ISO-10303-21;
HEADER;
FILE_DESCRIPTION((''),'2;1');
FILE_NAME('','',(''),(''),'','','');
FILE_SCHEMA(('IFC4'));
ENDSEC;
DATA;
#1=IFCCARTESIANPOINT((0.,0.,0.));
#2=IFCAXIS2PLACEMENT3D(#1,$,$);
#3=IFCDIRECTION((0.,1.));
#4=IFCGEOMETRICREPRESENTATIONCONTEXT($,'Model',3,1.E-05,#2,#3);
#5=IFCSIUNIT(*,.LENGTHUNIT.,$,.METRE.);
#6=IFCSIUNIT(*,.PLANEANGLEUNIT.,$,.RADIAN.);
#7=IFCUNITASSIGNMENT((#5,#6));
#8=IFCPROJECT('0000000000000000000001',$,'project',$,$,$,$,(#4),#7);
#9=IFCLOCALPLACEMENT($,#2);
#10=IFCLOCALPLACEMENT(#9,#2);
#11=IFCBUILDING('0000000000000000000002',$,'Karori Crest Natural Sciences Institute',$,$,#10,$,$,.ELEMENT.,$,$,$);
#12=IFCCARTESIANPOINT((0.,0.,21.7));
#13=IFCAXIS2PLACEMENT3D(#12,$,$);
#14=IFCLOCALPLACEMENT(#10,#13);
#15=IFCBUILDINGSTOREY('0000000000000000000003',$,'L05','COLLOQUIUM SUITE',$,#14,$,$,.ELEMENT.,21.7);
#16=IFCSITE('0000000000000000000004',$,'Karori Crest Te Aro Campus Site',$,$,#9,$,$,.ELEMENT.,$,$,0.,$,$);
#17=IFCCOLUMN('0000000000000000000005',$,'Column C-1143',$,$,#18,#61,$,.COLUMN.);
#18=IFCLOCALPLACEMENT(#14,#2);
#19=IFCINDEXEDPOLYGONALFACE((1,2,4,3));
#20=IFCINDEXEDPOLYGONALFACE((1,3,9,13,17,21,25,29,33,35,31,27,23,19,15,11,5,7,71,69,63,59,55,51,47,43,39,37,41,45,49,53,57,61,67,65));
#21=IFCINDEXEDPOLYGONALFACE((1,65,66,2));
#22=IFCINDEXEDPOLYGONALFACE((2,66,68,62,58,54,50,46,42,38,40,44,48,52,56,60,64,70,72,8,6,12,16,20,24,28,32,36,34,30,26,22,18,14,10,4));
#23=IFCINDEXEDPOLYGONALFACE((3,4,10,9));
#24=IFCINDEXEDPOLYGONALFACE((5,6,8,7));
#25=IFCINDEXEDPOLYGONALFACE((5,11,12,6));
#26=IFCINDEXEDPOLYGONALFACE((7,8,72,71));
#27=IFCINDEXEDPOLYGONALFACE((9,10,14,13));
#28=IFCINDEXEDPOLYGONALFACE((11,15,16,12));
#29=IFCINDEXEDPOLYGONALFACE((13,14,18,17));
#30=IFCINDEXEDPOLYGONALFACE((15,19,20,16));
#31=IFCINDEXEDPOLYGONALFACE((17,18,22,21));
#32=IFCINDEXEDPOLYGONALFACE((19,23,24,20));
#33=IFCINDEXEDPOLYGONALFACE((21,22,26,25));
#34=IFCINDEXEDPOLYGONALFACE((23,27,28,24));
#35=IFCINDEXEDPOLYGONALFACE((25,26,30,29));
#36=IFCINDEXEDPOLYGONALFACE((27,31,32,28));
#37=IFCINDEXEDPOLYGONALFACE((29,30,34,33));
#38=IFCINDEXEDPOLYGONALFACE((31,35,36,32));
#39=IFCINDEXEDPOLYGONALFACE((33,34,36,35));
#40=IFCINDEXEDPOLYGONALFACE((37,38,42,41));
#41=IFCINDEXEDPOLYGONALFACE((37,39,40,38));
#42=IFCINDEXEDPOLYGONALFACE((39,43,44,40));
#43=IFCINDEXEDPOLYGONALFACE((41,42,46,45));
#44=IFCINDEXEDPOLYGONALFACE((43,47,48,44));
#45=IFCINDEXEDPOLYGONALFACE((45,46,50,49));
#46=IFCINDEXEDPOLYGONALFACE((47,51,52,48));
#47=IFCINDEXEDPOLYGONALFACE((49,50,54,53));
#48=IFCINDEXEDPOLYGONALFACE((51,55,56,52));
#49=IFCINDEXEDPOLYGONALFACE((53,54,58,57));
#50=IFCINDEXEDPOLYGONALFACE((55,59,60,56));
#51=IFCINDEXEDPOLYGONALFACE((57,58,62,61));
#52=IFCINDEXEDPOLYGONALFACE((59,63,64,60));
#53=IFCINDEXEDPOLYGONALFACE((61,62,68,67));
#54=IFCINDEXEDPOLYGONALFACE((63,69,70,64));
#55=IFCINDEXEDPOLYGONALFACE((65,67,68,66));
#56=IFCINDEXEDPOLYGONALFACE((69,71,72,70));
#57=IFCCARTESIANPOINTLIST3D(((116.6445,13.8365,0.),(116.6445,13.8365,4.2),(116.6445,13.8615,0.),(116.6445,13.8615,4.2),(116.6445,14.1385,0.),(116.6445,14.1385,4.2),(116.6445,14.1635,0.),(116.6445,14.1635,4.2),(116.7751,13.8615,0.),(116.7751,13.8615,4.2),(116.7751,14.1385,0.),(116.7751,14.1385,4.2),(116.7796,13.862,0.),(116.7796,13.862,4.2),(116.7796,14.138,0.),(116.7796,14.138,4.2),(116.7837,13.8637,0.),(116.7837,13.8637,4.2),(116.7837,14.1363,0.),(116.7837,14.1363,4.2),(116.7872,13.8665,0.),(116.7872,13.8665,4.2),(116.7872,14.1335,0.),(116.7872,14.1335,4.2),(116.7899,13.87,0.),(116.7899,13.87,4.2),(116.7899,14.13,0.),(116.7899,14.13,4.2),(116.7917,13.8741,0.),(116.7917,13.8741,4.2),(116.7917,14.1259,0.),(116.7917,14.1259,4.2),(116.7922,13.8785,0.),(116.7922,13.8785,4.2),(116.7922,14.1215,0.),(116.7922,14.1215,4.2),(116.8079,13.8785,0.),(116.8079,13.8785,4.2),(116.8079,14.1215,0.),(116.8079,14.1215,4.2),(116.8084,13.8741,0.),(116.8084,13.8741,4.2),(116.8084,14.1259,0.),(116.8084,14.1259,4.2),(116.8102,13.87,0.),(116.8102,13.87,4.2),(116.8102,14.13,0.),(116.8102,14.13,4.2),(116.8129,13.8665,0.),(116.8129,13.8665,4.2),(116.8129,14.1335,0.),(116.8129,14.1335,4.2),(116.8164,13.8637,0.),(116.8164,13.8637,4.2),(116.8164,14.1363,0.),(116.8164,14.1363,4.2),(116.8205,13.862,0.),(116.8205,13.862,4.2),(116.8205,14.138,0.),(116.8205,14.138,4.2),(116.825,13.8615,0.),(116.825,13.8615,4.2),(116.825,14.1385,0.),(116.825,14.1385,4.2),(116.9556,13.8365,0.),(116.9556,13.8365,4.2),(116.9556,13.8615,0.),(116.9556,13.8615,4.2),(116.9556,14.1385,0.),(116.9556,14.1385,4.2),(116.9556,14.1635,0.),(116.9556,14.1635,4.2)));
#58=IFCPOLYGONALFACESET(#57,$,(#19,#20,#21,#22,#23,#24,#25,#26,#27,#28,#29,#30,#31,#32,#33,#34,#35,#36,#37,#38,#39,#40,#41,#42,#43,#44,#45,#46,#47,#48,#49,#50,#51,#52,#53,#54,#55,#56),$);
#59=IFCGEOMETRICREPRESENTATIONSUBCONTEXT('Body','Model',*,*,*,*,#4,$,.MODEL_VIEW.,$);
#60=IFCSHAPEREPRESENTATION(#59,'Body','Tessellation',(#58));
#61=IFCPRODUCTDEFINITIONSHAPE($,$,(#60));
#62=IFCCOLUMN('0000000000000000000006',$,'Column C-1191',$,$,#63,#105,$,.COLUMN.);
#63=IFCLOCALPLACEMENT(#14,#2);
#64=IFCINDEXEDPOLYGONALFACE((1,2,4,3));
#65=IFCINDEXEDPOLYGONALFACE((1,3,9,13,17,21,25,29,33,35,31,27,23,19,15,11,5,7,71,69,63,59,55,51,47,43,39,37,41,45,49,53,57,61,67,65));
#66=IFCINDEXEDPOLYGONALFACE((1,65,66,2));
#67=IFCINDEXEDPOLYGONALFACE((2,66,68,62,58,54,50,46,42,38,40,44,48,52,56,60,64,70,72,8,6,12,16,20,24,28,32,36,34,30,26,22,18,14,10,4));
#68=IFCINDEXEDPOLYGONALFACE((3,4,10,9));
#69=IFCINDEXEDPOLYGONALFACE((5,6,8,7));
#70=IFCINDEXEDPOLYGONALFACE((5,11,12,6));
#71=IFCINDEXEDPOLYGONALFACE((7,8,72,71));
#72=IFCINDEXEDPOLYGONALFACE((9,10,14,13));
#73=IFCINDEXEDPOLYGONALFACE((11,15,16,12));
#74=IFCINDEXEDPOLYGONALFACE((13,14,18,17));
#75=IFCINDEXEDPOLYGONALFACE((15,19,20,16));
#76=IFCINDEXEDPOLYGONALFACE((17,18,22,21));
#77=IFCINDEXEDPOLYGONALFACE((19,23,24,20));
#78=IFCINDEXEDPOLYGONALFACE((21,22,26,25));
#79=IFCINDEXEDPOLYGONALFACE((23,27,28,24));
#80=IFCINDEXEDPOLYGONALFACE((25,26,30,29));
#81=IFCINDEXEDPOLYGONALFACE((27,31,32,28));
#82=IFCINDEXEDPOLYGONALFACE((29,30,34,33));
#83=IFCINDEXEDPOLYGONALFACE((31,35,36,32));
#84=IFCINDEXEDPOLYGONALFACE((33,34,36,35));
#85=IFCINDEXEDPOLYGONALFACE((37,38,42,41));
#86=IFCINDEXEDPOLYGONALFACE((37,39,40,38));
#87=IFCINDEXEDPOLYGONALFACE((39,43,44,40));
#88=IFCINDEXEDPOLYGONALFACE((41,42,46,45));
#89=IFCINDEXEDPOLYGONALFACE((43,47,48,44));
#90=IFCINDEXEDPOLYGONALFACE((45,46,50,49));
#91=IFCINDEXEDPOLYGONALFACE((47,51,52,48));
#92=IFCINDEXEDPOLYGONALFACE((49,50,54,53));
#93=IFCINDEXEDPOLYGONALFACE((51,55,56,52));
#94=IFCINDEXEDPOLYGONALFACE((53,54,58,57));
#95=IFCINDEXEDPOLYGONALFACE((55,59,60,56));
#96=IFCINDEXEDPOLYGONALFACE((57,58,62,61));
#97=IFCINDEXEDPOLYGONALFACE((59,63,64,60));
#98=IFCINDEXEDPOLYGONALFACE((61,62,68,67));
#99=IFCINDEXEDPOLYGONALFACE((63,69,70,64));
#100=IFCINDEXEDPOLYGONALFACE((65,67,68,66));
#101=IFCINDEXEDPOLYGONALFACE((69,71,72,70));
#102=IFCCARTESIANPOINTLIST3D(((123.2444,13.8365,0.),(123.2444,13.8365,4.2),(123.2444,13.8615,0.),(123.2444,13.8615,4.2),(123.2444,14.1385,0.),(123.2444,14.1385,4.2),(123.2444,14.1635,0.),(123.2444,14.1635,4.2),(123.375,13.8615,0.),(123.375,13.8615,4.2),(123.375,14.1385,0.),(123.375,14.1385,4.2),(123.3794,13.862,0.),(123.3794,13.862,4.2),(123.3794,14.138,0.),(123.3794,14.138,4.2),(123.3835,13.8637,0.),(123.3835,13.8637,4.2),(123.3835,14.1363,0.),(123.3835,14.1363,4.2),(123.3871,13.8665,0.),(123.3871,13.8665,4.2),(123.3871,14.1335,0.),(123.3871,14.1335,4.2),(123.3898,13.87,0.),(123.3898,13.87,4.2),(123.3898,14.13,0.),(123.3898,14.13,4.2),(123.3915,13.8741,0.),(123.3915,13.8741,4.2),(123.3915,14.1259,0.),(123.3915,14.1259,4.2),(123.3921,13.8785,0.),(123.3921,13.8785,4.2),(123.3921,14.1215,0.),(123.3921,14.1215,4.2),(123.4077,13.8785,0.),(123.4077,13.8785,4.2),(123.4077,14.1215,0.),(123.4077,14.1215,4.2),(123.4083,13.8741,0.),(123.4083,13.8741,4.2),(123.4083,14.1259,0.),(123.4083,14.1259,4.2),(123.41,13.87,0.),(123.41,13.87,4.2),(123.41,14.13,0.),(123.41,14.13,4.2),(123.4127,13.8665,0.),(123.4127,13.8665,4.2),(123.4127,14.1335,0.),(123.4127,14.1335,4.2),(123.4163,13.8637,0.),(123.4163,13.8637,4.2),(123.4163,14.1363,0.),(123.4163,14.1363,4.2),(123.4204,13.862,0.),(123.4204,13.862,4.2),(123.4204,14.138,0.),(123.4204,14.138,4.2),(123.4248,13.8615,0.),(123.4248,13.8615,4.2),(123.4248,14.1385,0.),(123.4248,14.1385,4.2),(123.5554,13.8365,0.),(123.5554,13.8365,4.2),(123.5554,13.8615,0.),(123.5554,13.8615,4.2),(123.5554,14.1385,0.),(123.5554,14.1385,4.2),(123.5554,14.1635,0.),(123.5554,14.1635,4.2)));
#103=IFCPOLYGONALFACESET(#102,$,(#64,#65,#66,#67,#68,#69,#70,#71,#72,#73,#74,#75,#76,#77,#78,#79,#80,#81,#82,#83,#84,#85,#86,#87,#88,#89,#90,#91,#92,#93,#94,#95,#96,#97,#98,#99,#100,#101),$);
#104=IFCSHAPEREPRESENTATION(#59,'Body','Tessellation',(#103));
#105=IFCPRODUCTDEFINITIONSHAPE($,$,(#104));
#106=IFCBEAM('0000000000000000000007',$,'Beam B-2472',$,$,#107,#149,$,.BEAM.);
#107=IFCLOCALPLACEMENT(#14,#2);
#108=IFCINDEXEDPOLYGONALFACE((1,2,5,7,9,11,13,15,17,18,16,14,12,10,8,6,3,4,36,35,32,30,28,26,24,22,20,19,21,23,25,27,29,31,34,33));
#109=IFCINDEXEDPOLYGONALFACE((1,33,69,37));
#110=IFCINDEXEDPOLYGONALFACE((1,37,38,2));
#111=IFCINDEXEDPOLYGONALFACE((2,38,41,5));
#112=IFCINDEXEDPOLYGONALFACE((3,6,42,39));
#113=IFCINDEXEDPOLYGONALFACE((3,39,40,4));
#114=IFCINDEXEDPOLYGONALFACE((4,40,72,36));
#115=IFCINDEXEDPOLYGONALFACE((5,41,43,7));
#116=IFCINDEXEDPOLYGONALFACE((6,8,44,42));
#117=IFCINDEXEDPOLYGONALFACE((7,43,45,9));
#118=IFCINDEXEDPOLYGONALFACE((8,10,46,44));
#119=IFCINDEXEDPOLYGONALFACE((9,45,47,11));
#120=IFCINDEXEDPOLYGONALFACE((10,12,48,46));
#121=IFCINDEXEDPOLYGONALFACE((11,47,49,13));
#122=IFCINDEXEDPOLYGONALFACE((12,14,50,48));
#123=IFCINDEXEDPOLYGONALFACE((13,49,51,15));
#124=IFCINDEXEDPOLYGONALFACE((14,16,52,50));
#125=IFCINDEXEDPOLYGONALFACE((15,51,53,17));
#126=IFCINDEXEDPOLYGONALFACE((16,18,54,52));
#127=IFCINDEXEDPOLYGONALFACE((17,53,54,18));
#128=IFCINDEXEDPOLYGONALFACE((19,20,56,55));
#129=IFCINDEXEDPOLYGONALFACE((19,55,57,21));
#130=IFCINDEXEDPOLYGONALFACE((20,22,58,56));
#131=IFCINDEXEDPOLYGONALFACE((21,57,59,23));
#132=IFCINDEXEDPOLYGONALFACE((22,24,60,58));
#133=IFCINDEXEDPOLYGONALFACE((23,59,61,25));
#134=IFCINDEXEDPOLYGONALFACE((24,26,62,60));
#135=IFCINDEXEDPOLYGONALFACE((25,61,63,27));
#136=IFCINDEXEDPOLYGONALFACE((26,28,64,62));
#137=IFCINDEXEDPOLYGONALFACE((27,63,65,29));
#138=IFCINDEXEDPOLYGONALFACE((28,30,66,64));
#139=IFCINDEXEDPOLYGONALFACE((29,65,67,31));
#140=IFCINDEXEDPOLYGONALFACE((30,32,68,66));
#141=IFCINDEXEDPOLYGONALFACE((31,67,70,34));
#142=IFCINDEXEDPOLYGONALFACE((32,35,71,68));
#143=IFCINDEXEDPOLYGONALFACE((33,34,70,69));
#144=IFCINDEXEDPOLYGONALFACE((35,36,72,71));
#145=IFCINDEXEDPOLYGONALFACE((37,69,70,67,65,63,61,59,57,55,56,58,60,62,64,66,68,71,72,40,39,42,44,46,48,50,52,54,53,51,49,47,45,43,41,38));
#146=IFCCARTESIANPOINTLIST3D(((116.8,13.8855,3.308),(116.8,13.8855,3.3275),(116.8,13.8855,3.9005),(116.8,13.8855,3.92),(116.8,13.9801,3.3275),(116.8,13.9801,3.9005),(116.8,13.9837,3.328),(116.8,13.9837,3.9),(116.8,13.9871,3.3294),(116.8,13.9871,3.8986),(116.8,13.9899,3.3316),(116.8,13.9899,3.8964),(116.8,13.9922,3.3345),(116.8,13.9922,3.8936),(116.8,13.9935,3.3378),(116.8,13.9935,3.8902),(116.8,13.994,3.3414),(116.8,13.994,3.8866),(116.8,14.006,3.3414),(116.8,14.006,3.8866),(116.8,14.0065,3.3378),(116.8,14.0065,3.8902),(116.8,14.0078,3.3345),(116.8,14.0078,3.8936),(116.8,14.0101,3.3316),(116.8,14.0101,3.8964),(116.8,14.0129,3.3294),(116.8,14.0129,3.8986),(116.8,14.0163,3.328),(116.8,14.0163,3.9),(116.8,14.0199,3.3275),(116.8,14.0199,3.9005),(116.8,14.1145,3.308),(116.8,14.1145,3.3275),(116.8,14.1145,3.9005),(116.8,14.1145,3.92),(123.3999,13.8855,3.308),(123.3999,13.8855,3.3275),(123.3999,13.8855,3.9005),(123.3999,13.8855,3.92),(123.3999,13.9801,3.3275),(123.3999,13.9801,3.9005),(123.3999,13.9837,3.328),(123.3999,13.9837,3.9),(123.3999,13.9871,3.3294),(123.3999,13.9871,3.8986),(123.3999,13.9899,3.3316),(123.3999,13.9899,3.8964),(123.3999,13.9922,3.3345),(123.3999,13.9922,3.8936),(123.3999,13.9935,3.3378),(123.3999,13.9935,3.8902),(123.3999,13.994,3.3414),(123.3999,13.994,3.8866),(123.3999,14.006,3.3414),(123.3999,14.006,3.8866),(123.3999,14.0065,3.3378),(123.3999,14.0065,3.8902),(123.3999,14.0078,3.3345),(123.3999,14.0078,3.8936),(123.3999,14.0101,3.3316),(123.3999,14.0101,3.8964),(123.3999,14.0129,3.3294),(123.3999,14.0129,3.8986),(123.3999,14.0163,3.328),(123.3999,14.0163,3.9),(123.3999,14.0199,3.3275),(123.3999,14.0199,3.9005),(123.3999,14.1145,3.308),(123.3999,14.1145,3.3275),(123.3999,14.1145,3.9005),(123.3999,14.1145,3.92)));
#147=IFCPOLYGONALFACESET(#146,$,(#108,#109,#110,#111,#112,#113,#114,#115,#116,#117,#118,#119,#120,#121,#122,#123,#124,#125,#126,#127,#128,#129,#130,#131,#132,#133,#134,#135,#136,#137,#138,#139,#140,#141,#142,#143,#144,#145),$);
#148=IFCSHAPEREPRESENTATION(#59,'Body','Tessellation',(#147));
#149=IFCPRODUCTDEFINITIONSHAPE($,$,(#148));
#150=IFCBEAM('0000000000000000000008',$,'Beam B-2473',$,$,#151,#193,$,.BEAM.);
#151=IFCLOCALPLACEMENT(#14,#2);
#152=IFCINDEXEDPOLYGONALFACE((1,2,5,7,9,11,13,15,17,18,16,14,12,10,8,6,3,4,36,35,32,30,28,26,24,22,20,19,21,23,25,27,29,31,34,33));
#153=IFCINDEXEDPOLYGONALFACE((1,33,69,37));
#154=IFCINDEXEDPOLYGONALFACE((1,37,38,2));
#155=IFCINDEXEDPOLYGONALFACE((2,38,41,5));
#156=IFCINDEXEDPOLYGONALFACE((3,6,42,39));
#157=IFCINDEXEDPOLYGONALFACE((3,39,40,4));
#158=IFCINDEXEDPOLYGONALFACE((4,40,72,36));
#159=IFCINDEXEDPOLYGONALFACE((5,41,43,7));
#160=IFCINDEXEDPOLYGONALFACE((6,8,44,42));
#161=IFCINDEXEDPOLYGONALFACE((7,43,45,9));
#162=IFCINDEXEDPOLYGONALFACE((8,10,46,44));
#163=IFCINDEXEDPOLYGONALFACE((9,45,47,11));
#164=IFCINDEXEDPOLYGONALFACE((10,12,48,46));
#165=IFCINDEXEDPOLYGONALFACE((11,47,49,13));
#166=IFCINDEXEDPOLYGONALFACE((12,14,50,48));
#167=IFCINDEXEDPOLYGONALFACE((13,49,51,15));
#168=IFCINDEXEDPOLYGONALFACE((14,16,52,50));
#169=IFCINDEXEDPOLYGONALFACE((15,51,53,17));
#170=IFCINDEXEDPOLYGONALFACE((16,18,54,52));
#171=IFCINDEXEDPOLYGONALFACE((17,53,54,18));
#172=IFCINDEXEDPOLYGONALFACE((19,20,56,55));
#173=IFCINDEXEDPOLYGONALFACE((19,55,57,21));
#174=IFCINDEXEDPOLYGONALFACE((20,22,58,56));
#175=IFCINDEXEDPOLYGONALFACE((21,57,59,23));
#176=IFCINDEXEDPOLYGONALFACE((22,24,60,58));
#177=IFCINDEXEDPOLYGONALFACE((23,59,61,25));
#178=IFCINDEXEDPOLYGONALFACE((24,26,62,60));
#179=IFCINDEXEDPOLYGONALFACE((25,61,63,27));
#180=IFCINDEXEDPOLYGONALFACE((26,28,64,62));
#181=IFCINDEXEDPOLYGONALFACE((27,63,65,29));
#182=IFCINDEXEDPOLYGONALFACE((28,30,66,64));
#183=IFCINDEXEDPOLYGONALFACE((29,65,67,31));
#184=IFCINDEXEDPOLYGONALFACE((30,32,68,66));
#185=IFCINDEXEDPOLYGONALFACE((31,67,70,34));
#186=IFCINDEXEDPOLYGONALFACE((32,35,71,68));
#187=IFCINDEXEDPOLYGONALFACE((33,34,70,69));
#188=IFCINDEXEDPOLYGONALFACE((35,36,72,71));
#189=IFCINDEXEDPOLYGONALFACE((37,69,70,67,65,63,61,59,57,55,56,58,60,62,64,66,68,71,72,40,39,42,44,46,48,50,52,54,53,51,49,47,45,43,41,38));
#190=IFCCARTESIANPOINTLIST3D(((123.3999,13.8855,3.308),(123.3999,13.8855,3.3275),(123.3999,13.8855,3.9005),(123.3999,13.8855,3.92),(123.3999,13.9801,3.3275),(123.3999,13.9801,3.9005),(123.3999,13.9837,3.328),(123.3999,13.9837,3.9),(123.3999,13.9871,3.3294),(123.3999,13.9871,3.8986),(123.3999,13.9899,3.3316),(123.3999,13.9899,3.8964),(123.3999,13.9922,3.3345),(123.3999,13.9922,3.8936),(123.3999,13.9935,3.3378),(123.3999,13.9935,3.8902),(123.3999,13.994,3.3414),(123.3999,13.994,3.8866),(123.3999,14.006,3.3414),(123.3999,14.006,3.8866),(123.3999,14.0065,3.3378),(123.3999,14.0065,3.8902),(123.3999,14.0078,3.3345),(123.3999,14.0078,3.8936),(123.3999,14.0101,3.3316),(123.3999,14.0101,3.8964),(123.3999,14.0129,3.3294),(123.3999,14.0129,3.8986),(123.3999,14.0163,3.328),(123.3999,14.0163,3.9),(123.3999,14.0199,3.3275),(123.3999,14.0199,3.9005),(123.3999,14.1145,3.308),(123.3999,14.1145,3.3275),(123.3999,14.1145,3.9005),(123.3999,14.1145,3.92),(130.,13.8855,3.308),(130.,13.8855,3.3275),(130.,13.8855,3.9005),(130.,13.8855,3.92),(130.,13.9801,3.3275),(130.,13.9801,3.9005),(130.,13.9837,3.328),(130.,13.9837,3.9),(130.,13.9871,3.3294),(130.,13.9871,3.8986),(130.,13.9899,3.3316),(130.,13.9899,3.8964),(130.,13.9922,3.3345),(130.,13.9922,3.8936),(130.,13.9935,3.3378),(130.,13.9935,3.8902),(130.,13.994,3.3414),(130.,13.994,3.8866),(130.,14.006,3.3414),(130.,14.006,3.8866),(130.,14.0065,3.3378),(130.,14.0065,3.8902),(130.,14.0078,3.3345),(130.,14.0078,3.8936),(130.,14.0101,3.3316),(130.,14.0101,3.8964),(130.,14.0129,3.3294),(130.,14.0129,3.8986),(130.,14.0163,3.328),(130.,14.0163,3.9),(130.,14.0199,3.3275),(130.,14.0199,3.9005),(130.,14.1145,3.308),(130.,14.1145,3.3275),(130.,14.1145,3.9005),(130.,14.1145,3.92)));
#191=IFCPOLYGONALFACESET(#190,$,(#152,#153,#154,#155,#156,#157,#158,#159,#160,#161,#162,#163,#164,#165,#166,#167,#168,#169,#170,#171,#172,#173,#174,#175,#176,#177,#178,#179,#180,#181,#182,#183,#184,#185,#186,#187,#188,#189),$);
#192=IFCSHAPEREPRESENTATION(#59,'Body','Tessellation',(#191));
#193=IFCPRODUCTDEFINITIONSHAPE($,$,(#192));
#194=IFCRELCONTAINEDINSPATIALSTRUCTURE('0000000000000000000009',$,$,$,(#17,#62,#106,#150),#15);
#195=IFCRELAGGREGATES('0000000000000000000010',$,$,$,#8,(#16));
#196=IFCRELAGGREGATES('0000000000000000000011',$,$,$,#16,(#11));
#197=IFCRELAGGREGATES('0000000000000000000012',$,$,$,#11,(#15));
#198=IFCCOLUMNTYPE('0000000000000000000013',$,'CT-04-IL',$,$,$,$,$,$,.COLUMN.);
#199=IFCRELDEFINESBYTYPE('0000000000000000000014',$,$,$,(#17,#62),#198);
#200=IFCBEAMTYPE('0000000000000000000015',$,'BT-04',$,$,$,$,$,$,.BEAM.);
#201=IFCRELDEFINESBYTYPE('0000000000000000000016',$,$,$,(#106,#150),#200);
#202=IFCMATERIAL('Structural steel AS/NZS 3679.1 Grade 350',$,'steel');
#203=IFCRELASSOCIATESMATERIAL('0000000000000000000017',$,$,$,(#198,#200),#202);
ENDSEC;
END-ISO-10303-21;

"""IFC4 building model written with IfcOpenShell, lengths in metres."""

from ifc_helpers import new_model, si_unit, direction, frame, origin, origin_2d, place, context, subcontext, project, spatial, i_section, extrude, material, material_profile, profile_set, type_object, element, save


model = new_model("IFC4")

# Units and contexts
model_context = context("Model", 3, precision=1e-05, world=origin(), true_north=direction((0.0, 1.0)))
body_context = subcontext(model_context, "Body", "Model", "MODEL_VIEW")
ifc_project = project(units=[si_unit("LENGTHUNIT", "METRE"), si_unit("PLANEANGLEUNIT", "RADIAN")], contexts=[model_context])

# Site, building, storey
site_placement = place(None, origin())
site = spatial("IfcSite", under=ifc_project, at=site_placement, Name="Karori Crest Te Aro Campus Site", CompositionType="ELEMENT", RefElevation=0.0)
building_placement = place(site_placement, origin())
building = spatial("IfcBuilding", under=site, at=building_placement, Name="Karori Crest Natural Sciences Institute", CompositionType="ELEMENT")
storey_placement = place(building_placement, frame((0.0, 0.0, 21.7)))
storey = spatial("IfcBuildingStorey", under=building, at=storey_placement, Name="L05", Description="COLLOQUIUM SUITE", CompositionType="ELEMENT", Elevation=21.7)

# Columns
ifc_material_1 = material(Name="Structural steel AS/NZS 3679.1 Grade 350", Category="steel")
ifc_material_profile_1 = material_profile(ifc_material_1, i_section(OverallWidth=0.311, OverallDepth=0.3269, WebThickness=0.0156, FlangeThickness=0.0249, FilletRadius=0.0171, at=origin_2d()), Name="310UC158")
ifc_profile_set_1 = profile_set([ifc_material_profile_1], Name="Structural steel AS/NZS 3679.1 Grade 350")
column_type = type_object("IfcColumnType", Name="CT-04-IL", PredefinedType="COLUMN", material=ifc_profile_set_1)
for number, where, z_axis, x_axis, name in (
    (1, (116.8, 14.0, 0.0), (0.0, 0.0, 1.0), (1.0, 0.0, 0.0), "Column C-1143"),
    (2, (123.3999, 14.0, 0.0), (0.0, 0.0, 1.0), (1.0, 0.0, 0.0), "Column C-1191"),
):
    element("IfcColumn", number, at=place(storey_placement, frame(where, z_axis=z_axis, x_axis=x_axis)), inside=storey, type_object=column_type, Name=name, PredefinedType="COLUMN", context=body_context, shape_type="SweptSolid", body=[
        extrude(i_section(OverallWidth=0.311, OverallDepth=0.3269, WebThickness=0.0156, FlangeThickness=0.0249, FilletRadius=0.0171, at=origin_2d()), origin(), (0.0, 0.0, 1.0), 4.2),
    ])

# Beams
ifc_material_profile_2 = material_profile(ifc_material_1, i_section(OverallWidth=0.229, OverallDepth=0.6121, WebThickness=0.012, FlangeThickness=0.0195, FilletRadius=0.0139, at=origin_2d()), Name="610UB125")
ifc_profile_set_2 = profile_set([ifc_material_profile_2], Name="Structural steel AS/NZS 3679.1 Grade 350")
beam_type_1 = type_object("IfcBeamType", Name="BT-04", PredefinedType="BEAM", material=ifc_profile_set_2)
beam_1_placement = place(storey_placement, frame((116.8, 14.0, 3.614), z_axis=(1.0, 0.0, 0.0), x_axis=(0.0, 1.0, 0.0)))
element("IfcBeam", 3, at=beam_1_placement, inside=storey, type_object=beam_type_1, Name="Beam B-2472", PredefinedType="BEAM", context=body_context, shape_type="SweptSolid", body=[
    extrude(i_section(OverallWidth=0.229, OverallDepth=0.6121, WebThickness=0.012, FlangeThickness=0.0195, FilletRadius=0.0139, at=origin_2d()), origin(), (0.0, 0.0, 1.0), 6.5999),
])
beam_2_placement = place(storey_placement, frame((123.3999, 14.0, 3.614), z_axis=(1.0, 0.0, 0.0), x_axis=(0.0, 1.0, 0.0)))
element("IfcBeam", 4, at=beam_2_placement, inside=storey, type_object=beam_type_1, Name="Beam B-2473", PredefinedType="BEAM", context=body_context, shape_type="SweptSolid", body=[
    extrude(i_section(OverallWidth=0.229, OverallDepth=0.6121, WebThickness=0.012, FlangeThickness=0.0195, FilletRadius=0.0139, at=origin_2d()), origin(), (0.0, 0.0, 1.0), 6.6001),
])

save(model, "model.ifc")
